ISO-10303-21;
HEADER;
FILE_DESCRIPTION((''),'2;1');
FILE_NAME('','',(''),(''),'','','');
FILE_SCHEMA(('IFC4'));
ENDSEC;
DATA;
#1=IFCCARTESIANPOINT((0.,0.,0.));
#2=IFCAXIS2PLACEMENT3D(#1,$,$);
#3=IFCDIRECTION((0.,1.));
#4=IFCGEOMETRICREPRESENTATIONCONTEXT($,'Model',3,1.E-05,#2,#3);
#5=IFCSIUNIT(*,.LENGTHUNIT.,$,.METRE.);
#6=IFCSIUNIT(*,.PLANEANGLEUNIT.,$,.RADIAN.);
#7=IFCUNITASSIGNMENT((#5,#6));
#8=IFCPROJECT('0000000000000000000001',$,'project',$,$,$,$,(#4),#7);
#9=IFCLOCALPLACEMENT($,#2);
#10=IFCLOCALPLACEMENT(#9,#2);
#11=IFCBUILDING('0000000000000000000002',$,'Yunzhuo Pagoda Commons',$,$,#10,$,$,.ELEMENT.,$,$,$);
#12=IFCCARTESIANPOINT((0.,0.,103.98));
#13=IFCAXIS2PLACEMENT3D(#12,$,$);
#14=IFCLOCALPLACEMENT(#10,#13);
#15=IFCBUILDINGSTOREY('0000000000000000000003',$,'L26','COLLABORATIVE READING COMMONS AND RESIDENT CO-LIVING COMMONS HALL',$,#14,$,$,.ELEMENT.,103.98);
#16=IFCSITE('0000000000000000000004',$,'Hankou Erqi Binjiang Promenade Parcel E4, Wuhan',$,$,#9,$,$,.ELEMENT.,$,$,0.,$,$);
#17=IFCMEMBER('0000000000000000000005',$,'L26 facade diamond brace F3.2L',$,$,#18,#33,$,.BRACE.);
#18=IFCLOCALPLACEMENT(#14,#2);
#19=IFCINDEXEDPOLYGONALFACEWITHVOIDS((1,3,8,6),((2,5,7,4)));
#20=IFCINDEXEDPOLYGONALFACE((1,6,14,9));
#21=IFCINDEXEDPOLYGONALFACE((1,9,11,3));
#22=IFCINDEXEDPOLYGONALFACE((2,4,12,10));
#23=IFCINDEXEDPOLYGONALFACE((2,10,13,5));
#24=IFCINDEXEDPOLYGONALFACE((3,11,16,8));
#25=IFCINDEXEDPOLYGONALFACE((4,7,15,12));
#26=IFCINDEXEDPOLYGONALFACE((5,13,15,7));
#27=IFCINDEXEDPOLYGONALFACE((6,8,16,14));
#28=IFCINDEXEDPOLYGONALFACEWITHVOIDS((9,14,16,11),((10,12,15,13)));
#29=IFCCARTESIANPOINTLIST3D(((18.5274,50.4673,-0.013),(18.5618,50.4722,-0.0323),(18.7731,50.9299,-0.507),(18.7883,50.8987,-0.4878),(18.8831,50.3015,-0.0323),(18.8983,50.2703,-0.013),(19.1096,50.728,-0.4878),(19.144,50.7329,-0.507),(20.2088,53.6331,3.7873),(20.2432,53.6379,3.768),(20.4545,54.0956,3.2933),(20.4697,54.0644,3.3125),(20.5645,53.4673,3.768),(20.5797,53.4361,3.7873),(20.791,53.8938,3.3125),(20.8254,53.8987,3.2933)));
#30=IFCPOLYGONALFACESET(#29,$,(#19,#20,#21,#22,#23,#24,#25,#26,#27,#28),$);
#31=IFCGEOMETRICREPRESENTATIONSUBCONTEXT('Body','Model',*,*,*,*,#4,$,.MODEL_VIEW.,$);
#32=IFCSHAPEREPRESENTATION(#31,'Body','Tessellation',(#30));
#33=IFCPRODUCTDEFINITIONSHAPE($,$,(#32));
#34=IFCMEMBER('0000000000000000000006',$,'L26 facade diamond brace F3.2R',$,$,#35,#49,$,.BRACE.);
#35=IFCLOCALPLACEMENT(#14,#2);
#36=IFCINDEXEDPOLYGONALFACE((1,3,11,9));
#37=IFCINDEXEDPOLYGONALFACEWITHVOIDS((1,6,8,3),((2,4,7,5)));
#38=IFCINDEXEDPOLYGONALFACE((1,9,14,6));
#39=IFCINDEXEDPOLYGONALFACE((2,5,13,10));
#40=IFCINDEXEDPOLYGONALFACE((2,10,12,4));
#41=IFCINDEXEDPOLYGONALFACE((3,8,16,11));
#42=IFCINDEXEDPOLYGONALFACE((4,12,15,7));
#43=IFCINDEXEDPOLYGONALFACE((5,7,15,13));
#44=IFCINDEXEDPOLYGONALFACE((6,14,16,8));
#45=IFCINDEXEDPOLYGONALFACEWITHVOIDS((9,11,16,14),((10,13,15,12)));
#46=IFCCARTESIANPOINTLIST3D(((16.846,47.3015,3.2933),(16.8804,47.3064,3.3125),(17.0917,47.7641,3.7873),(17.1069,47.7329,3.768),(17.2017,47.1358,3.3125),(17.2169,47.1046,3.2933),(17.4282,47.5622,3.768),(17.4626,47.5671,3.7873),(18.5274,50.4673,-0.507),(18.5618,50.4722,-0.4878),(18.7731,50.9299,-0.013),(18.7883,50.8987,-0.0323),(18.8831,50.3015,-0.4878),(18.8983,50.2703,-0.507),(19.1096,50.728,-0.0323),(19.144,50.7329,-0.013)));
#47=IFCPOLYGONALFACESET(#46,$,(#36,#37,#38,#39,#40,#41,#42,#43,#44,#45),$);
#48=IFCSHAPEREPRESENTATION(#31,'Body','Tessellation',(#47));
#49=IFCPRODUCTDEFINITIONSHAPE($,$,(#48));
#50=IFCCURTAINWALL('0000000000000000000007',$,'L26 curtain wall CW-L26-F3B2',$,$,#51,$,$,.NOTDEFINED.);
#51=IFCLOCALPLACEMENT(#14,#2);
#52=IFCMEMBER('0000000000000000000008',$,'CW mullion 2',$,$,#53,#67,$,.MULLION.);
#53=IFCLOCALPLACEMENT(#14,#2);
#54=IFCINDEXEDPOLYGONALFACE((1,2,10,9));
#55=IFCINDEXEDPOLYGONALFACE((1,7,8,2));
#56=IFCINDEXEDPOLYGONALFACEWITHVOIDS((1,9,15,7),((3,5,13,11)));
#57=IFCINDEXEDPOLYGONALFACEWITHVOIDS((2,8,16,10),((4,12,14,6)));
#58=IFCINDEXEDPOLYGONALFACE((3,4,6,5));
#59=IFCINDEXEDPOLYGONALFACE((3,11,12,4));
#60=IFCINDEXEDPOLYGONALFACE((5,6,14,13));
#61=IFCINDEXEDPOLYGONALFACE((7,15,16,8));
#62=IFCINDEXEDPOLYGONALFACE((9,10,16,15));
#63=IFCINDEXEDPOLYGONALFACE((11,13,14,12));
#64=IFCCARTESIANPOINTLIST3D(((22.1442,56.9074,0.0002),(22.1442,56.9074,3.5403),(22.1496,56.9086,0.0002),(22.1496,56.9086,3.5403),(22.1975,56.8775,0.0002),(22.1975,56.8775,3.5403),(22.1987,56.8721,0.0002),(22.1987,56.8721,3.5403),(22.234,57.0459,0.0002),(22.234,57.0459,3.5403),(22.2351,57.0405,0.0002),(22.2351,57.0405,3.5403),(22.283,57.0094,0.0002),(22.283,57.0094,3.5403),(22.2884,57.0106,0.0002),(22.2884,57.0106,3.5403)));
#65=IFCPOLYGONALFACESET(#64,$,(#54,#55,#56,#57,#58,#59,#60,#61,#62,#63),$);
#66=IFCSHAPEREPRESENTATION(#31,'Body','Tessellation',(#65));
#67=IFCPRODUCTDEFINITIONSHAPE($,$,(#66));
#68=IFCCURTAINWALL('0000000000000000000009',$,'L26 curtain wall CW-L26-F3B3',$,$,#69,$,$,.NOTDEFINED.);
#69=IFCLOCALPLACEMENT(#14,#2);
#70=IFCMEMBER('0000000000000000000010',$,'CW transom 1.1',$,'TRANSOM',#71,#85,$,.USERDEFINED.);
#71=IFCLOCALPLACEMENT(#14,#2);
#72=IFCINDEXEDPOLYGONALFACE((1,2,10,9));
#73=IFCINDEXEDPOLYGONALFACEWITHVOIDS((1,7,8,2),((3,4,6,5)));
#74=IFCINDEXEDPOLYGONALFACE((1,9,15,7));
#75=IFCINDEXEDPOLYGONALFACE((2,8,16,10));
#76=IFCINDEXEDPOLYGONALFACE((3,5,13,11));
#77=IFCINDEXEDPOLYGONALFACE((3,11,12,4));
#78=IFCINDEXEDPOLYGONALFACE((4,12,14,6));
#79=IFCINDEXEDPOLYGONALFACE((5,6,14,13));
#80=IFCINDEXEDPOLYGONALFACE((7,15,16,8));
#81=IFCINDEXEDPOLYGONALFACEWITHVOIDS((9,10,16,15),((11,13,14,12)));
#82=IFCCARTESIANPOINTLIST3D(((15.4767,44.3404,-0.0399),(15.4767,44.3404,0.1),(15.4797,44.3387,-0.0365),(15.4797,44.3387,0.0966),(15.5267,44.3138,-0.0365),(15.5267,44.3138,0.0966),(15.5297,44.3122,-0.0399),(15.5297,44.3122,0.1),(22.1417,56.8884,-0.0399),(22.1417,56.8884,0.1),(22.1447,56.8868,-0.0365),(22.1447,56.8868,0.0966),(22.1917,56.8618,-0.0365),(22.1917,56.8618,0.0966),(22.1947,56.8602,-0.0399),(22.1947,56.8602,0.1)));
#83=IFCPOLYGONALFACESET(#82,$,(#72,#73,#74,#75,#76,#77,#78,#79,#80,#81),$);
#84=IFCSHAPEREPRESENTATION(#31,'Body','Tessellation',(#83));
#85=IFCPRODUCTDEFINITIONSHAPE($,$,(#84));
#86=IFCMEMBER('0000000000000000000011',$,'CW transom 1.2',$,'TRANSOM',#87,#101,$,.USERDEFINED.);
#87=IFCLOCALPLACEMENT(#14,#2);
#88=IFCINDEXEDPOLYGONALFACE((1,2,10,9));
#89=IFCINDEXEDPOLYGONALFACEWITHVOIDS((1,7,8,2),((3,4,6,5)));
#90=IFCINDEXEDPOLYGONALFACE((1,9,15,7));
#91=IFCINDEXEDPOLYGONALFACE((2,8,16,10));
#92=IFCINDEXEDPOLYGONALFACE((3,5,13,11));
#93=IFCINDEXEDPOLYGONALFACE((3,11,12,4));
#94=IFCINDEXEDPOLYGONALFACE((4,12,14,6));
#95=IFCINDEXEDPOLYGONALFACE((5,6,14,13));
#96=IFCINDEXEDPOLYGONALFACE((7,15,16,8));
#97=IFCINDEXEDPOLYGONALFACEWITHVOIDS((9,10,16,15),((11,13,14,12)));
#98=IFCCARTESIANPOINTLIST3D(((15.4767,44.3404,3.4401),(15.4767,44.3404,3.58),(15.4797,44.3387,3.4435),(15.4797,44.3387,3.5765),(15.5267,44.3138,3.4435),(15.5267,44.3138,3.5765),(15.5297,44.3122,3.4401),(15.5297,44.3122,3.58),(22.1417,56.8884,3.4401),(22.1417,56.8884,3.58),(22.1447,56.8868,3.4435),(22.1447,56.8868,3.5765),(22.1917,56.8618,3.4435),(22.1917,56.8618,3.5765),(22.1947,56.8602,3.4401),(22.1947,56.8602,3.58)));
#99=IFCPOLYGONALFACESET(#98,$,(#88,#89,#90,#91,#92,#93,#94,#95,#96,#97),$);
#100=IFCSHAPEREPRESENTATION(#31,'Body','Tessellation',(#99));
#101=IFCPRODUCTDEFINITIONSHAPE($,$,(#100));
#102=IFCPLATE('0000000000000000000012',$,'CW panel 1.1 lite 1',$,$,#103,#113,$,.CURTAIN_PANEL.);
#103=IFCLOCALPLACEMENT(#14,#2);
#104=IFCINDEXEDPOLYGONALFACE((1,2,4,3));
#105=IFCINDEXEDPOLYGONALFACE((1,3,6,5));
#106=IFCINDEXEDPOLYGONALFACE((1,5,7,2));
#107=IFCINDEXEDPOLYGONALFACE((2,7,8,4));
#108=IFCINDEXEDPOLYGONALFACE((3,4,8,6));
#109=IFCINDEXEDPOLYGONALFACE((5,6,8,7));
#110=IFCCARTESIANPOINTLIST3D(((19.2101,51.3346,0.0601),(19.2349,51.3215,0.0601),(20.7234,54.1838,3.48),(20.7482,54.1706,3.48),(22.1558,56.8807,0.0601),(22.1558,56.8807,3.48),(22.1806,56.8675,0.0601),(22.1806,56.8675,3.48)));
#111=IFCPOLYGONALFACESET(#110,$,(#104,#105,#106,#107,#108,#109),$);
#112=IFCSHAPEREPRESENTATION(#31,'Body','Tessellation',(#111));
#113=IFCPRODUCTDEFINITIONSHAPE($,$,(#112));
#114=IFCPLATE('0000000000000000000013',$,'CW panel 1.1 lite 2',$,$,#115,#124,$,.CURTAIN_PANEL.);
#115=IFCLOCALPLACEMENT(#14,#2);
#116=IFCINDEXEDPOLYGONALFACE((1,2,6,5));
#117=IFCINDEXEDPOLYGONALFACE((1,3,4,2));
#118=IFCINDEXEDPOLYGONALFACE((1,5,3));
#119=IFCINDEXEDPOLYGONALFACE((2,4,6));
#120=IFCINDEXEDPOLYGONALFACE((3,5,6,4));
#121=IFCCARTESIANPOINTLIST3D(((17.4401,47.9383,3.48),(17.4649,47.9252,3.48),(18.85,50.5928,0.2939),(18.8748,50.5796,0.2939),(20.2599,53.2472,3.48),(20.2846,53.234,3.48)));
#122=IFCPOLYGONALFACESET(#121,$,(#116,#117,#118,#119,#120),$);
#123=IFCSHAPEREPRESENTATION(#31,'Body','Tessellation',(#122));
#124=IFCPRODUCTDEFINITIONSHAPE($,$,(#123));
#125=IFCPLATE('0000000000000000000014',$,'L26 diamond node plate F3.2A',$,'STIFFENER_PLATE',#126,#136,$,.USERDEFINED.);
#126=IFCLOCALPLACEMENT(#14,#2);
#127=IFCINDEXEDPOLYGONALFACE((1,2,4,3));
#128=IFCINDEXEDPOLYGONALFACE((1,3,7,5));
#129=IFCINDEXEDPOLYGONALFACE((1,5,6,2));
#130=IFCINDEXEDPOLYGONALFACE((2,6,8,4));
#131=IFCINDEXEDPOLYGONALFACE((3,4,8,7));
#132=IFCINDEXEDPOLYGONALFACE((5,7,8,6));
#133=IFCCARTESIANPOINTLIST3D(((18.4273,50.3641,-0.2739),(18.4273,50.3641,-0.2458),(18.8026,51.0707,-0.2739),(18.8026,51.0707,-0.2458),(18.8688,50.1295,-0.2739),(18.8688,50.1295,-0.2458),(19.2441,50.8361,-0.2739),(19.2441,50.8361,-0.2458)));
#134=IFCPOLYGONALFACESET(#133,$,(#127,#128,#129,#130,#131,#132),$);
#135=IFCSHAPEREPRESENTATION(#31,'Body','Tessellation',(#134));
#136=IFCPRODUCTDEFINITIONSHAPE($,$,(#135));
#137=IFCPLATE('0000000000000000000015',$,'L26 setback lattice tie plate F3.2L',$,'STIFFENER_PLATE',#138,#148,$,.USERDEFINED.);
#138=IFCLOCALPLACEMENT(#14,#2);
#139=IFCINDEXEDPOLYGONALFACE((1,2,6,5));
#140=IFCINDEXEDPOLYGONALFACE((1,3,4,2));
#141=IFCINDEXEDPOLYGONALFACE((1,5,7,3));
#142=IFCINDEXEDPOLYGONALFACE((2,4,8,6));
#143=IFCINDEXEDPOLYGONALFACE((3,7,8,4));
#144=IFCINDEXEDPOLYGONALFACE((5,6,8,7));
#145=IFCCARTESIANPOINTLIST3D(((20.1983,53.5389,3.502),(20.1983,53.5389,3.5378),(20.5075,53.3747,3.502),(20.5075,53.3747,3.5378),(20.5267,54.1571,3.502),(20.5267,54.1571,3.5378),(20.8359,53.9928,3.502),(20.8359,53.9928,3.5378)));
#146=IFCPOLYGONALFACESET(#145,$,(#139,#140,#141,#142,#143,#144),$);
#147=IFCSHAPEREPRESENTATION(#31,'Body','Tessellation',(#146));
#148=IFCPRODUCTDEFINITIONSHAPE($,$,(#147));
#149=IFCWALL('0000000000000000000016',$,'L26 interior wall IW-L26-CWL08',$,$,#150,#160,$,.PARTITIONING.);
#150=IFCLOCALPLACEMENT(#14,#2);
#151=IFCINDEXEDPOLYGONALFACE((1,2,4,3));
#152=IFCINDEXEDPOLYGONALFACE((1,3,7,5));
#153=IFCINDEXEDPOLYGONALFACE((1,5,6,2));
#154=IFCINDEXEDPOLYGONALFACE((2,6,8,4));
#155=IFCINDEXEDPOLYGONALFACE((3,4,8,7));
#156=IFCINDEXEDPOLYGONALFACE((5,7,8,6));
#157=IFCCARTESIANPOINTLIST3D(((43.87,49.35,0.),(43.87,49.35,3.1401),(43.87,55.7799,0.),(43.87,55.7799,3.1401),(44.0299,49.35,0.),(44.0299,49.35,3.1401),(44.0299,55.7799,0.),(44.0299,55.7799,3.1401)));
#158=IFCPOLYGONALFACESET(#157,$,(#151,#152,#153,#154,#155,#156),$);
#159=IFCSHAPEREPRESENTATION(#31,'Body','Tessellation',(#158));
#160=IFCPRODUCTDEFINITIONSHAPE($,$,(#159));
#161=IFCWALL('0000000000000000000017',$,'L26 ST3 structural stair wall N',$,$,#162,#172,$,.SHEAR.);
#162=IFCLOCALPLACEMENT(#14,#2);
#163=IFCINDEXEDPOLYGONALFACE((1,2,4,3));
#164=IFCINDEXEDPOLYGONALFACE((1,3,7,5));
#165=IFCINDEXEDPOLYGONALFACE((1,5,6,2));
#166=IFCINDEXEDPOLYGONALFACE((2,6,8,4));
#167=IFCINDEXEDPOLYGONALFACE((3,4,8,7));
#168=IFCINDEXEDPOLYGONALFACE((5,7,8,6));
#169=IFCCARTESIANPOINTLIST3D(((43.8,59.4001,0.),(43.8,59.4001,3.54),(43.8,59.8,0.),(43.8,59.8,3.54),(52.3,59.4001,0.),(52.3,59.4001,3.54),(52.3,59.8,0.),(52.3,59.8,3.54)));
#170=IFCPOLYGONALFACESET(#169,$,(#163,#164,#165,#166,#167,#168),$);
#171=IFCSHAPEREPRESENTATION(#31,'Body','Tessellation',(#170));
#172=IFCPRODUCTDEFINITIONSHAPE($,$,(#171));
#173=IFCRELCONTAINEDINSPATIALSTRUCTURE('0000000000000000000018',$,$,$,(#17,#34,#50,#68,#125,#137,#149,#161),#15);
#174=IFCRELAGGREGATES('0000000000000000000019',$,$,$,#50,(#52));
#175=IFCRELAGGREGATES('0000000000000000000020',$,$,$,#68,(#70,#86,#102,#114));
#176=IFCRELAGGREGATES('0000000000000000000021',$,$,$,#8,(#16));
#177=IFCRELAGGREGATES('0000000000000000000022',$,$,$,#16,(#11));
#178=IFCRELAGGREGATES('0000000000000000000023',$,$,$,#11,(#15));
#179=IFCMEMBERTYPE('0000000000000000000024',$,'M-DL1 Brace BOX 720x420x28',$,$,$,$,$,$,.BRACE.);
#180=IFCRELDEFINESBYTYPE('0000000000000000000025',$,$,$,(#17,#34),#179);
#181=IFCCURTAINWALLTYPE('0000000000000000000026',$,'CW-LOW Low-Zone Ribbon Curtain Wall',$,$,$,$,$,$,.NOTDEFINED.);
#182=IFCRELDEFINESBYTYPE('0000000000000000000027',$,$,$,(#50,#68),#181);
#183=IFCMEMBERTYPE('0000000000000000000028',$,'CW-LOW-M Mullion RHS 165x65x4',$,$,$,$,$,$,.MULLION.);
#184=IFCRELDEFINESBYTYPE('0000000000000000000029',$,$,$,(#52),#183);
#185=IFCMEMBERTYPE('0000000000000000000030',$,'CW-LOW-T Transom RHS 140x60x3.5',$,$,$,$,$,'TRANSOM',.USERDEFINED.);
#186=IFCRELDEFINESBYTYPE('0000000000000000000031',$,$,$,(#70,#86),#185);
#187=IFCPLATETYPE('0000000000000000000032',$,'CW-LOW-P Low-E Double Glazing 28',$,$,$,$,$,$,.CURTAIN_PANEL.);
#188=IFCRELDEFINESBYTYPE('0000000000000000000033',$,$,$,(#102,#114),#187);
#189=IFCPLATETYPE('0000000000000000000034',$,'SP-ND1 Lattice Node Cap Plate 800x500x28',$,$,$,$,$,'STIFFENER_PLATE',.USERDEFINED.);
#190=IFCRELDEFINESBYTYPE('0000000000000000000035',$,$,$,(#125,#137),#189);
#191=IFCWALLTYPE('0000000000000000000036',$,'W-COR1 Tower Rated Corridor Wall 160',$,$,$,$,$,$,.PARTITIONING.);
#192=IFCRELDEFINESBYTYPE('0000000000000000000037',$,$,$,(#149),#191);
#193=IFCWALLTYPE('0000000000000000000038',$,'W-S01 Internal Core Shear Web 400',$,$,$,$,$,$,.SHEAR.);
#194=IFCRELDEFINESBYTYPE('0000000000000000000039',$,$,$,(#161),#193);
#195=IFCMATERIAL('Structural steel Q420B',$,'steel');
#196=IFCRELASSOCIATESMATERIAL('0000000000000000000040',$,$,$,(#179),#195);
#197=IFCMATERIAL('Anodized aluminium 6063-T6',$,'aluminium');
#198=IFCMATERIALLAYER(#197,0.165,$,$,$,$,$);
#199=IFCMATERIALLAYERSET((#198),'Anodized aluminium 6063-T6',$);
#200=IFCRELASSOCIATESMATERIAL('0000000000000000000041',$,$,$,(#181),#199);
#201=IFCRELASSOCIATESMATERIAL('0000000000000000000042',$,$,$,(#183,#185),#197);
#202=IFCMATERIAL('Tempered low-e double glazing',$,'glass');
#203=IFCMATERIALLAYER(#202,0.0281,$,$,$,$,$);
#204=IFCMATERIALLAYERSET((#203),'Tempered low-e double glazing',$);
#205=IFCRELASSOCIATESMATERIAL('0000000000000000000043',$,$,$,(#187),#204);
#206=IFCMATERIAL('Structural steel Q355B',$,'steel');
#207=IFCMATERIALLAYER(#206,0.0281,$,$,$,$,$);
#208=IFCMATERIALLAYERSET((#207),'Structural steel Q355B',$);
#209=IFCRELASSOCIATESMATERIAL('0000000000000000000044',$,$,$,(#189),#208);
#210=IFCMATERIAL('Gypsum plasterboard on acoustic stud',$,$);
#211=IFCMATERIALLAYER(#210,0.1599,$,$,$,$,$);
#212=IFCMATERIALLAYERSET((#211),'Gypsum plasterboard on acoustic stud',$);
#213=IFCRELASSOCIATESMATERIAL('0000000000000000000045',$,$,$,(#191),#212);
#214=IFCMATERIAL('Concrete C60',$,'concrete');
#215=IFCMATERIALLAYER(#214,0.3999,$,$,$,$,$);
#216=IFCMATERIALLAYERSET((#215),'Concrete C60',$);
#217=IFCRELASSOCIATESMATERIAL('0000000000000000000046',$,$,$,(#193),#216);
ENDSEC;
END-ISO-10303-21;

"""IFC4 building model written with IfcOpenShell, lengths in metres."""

from ifc_helpers import new_model, si_unit, direction, frame, frame_2d, origin, origin_2d, place, context, subcontext, project, spatial, polyline, rectangle, hollow_rectangle, outline, extrude, source, transform, mapped, material, layer, layer_set, material_profile, profile_set, type_object, element, aggregate, save


model = new_model("IFC4")

# Units and contexts
model_context = context("Model", 3, precision=1e-05, world=origin(), true_north=direction((0.0, 1.0)))
body_context = subcontext(model_context, "Body", "Model", "MODEL_VIEW")
ifc_project = project(units=[si_unit("LENGTHUNIT", "METRE"), si_unit("PLANEANGLEUNIT", "RADIAN")], contexts=[model_context])

# Site, building, storey
site_placement = place(None, origin())
site = spatial("IfcSite", under=ifc_project, at=site_placement, Name="Hankou Erqi Binjiang Promenade Parcel E4, Wuhan", CompositionType="ELEMENT", RefElevation=0.0)
building_placement = place(site_placement, origin())
building = spatial("IfcBuilding", under=site, at=building_placement, Name="Yunzhuo Pagoda Commons", CompositionType="ELEMENT")
storey_placement = place(building_placement, frame((0.0, 0.0, 103.98)))
storey = spatial("IfcBuildingStorey", under=building, at=storey_placement, Name="L26", Description="COLLABORATIVE READING COMMONS AND RESIDENT CO-LIVING COMMONS HALL", CompositionType="ELEMENT", Elevation=103.98)

# Shared definitions
ifc_material_1 = material(Name="Structural steel Q420B", Category="steel")

# Shared definitions
ifc_material_2 = material(Name="Structural steel Q355B", Category="steel")

# Members
ifc_material_profile_1 = material_profile(ifc_material_1, hollow_rectangle(XDim=0.4199, YDim=0.72, WallThickness=0.0281, at=origin_2d()), Name="Structural steel Q420B")
ifc_profile_set_1 = profile_set([ifc_material_profile_1], Name="Structural steel Q420B")
member_type_1 = type_object("IfcMemberType", Name="M-DL1 Brace BOX 720x420x28", PredefinedType="BRACE", material=ifc_profile_set_1)
shared_shape_1 = source(origin(), body_context, "Body", "SweptSolid", [
    extrude(hollow_rectangle(XDim=0.4199, YDim=0.72, WallThickness=0.0281, at=origin_2d()), origin(), (0.0, 0.0, 1.0), 5.2241),
])
for number, where, z_axis, x_axis, name in (
    (1, (18.8357, 50.6001, -0.26), (0.321853, 0.605991, 0.727451), (-0.883164, 0.469064, 0.0), "L26 facade diamond brace F3.2L"),
    (2, (18.8357, 50.6001, -0.26), (-0.321853, -0.605991, 0.727451), (0.883164, -0.469064, 0.0), "L26 facade diamond brace F3.2R"),
):
    element("IfcMember", number, at=place(storey_placement, frame(where, z_axis=z_axis, x_axis=x_axis)), inside=storey, type_object=member_type_1, Name=name, PredefinedType="BRACE", context=body_context, shape_type="MappedRepresentation", body=[
        mapped(shared_shape_1, transform((0.0, 0.0, 0.0), scale=1.0)),
    ])

# Curtain wall, member
ifc_material_3 = material(Name="Anodized aluminium 6063-T6", Category="aluminium")
ifc_layer_1 = layer(ifc_material_3, 0.165)
ifc_layer_set_1 = layer_set([ifc_layer_1], Name="Anodized aluminium 6063-T6")
curtain_wall_type = type_object("IfcCurtainWallType", Name="CW-LOW Low-Zone Ribbon Curtain Wall", PredefinedType="NOTDEFINED", material=ifc_layer_set_1)
curtain_wall_1_placement = place(storey_placement, origin())
curtain_wall_1 = element("IfcCurtainWall", 3, at=curtain_wall_1_placement, inside=storey, type_object=curtain_wall_type, Name="L26 curtain wall CW-L26-F3B2", PredefinedType="NOTDEFINED")
ifc_material_profile_2 = material_profile(ifc_material_3, hollow_rectangle(XDim=0.0649, YDim=0.165, WallThickness=0.0039, at=origin_2d()), Name="Anodized aluminium 6063-T6")
ifc_profile_set_2 = profile_set([ifc_material_profile_2], Name="Anodized aluminium 6063-T6")
member_type_2 = type_object("IfcMemberType", Name="CW-LOW-M Mullion RHS 165x65x4", PredefinedType="MULLION", material=ifc_profile_set_2)
shared_shape_2 = source(origin(), body_context, "Body", "SweptSolid", [
    extrude(hollow_rectangle(XDim=0.0649, YDim=0.165, WallThickness=0.0039, at=origin_2d()), origin(), (0.0, 0.0, 1.0), 3.54),
])
member_1_placement = place(storey_placement, frame((22.2163, 56.959, 0.0002), z_axis=(0.0, 0.0, 1.0), x_axis=(0.83904, -0.54407, 0.0)))
member_1 = element("IfcMember", 4, at=member_1_placement, type_object=member_type_2, Name="CW mullion 2", PredefinedType="MULLION", context=body_context, shape_type="MappedRepresentation", body=[
    mapped(shared_shape_2, transform((0.0, 0.0, 0.0), scale=1.0)),
])
aggregate(curtain_wall_1, [member_1])

# Curtain wall, members, plates
curtain_wall_2_placement = place(storey_placement, origin())
curtain_wall_2 = element("IfcCurtainWall", 5, at=curtain_wall_2_placement, inside=storey, type_object=curtain_wall_type, Name="L26 curtain wall CW-L26-F3B3", PredefinedType="NOTDEFINED")
ifc_material_profile_3 = material_profile(ifc_material_3, hollow_rectangle(XDim=0.0601, YDim=0.1399, WallThickness=0.0034, at=origin_2d()), Name="Anodized aluminium 6063-T6")
ifc_profile_set_3 = profile_set([ifc_material_profile_3], Name="Anodized aluminium 6063-T6")
member_type_3 = type_object("IfcMemberType", Name="CW-LOW-T Transom RHS 140x60x3.5", ElementType="TRANSOM", PredefinedType="USERDEFINED", material=ifc_profile_set_3)
shared_shape_3 = source(origin(), body_context, "Body", "SweptSolid", [
    extrude(hollow_rectangle(XDim=0.0601, YDim=0.1399, WallThickness=0.0034, at=origin_2d()), origin(), (0.0, 0.0, 1.0), 14.2083),
])
member_2_placement = place(storey_placement, frame((22.1682, 56.8743, 0.03), z_axis=(-0.469093, -0.883149, 0.0), x_axis=(0.883149, -0.469093, 0.0)))
member_2 = element("IfcMember", 6, at=member_2_placement, type_object=member_type_3, Name="CW transom 1.1", ObjectType="TRANSOM", PredefinedType="USERDEFINED", context=body_context, shape_type="MappedRepresentation", body=[
    mapped(shared_shape_3, transform((0.0, 0.0, 0.0), scale=1.0)),
])
member_3_placement = place(storey_placement, frame((22.1682, 56.8743, 3.51), z_axis=(-0.469093, -0.883149, 0.0), x_axis=(0.883149, -0.469093, 0.0)))
member_3 = element("IfcMember", 7, at=member_3_placement, type_object=member_type_3, Name="CW transom 1.2", ObjectType="TRANSOM", PredefinedType="USERDEFINED", context=body_context, shape_type="MappedRepresentation", body=[
    mapped(shared_shape_3, transform((0.0, 0.0, 0.0), scale=1.0)),
])
ifc_material_4 = material(Name="Tempered low-e double glazing", Category="glass")
ifc_layer_2 = layer(ifc_material_4, 0.0281)
ifc_layer_set_2 = layer_set([ifc_layer_2], Name="Tempered low-e double glazing")
plate_type_1 = type_object("IfcPlateType", Name="CW-LOW-P Low-E Double Glazing 28", PredefinedType="CURTAIN_PANEL", material=ifc_layer_set_2)
plate_1_placement = place(storey_placement, frame((20.7078, 54.0945, 1.77), z_axis=(-0.883152, 0.469086, 0.0), x_axis=(-0.469086, -0.883152, 0.0)))
plate_1 = element("IfcPlate", 8, at=plate_1_placement, type_object=plate_type_1, Name="CW panel 1.1 lite 1", PredefinedType="CURTAIN_PANEL", context=body_context, shape_type="SweptSolid", body=[
    extrude(outline(polyline([(-3.1399, -1.71), (3.1399, -1.71), (-0.0862, 1.71), (-3.1399, 1.71), (-3.1399, -1.71)])), origin(), (0.0, 0.0, 1.0), 0.0281),
])
plate_2_placement = place(storey_placement, frame((18.8748, 50.5796, 1.887), z_axis=(-0.883152, 0.469086, 0.0), x_axis=(-0.469086, -0.883152, 0.0)))
plate_2 = element("IfcPlate", 9, at=plate_2_placement, type_object=plate_type_1, Name="CW panel 1.1 lite 2", PredefinedType="CURTAIN_PANEL", context=body_context, shape_type="SweptSolid", body=[
    extrude(outline(polyline([(-3.0056, 1.593), (0.0, -1.593), (3.0056, 1.593), (-3.0056, 1.593)])), origin(), (0.0, 0.0, 1.0), 0.0281),
])
aggregate(curtain_wall_2, [member_2, member_3, plate_1, plate_2])

# Plates
ifc_layer_3 = layer(ifc_material_2, 0.0281)
ifc_layer_set_3 = layer_set([ifc_layer_3], Name="Structural steel Q355B")
plate_type_2 = type_object("IfcPlateType", Name="SP-ND1 Lattice Node Cap Plate 800x500x28", ElementType="STIFFENER_PLATE", PredefinedType="USERDEFINED", material=ifc_layer_set_3)
shared_shape_4 = source(origin(), body_context, "Body", "SweptSolid", [
    extrude(rectangle(XDim=0.8, YDim=0.5, at=origin_2d()), origin(), (0.0, 0.0, 1.0), 0.0281),
])
plate_3_placement = place(storey_placement, frame((18.8357, 50.6001, -0.2739), z_axis=(0.0, 0.0, 1.0), x_axis=(-0.469086, -0.883152, 0.0)))
element("IfcPlate", 10, at=plate_3_placement, inside=storey, type_object=plate_type_2, Name="L26 diamond node plate F3.2A", ObjectType="STIFFENER_PLATE", PredefinedType="USERDEFINED", context=body_context, shape_type="MappedRepresentation", body=[
    mapped(shared_shape_4, transform((0.0, 0.0, 0.0), scale=1.0)),
])
shared_shape_5 = source(origin(), body_context, "Body", "SweptSolid", [
    extrude(rectangle(XDim=0.7, YDim=0.3501, at=origin_2d()), origin(), (0.0, 0.0, 1.0), 0.0359),
])
plate_4_placement = place(storey_placement, frame((20.5171, 53.7659, 3.502), z_axis=(0.0, 0.0, 1.0), x_axis=(-0.469086, -0.883152, 0.0)))
element("IfcPlate", 11, at=plate_4_placement, inside=storey, type_object=plate_type_2, Name="L26 setback lattice tie plate F3.2L", ObjectType="STIFFENER_PLATE", PredefinedType="USERDEFINED", context=body_context, shape_type="MappedRepresentation", body=[
    mapped(shared_shape_5, transform((0.0, 0.0, 0.0), scale=1.0)),
])

# Walls
ifc_material_5 = material(Name="Gypsum plasterboard on acoustic stud")
ifc_layer_4 = layer(ifc_material_5, 0.1599)
ifc_layer_set_4 = layer_set([ifc_layer_4], Name="Gypsum plasterboard on acoustic stud")
wall_type_1 = type_object("IfcWallType", Name="W-COR1 Tower Rated Corridor Wall 160", PredefinedType="PARTITIONING", material=ifc_layer_set_4)
wall_1_placement = place(storey_placement, frame((43.95, 49.3501, 0.0), z_axis=(0.0, 0.0, 1.0), x_axis=(0.0, 1.0, 0.0)))
element("IfcWall", 12, at=wall_1_placement, inside=storey, type_object=wall_type_1, Name="L26 interior wall IW-L26-CWL08", PredefinedType="PARTITIONING", context=body_context, shape_type="SweptSolid", body=[
    extrude(rectangle(XDim=6.4299, YDim=0.1599, at=frame_2d((3.2148, 0.0))), origin(), (0.0, 0.0, 1.0), 3.1401),
])
ifc_material_6 = material(Name="Concrete C60", Category="concrete")
ifc_layer_5 = layer(ifc_material_6, 0.3999)
ifc_layer_set_5 = layer_set([ifc_layer_5], Name="Concrete C60")
wall_type_2 = type_object("IfcWallType", Name="W-S01 Internal Core Shear Web 400", PredefinedType="SHEAR", material=ifc_layer_set_5)
wall_2_placement = place(storey_placement, frame((43.8, 59.6001, 0.0), z_axis=(0.0, 0.0, 1.0), x_axis=(1.0, 0.0, 0.0)))
element("IfcWall", 13, at=wall_2_placement, inside=storey, type_object=wall_type_2, Name="L26 ST3 structural stair wall N", PredefinedType="SHEAR", context=body_context, shape_type="SweptSolid", body=[
    extrude(rectangle(XDim=8.5, YDim=0.3999, at=frame_2d((4.25, 0.0))), origin(), (0.0, 0.0, 1.0), 3.54),
])

save(model, "model.ifc")
